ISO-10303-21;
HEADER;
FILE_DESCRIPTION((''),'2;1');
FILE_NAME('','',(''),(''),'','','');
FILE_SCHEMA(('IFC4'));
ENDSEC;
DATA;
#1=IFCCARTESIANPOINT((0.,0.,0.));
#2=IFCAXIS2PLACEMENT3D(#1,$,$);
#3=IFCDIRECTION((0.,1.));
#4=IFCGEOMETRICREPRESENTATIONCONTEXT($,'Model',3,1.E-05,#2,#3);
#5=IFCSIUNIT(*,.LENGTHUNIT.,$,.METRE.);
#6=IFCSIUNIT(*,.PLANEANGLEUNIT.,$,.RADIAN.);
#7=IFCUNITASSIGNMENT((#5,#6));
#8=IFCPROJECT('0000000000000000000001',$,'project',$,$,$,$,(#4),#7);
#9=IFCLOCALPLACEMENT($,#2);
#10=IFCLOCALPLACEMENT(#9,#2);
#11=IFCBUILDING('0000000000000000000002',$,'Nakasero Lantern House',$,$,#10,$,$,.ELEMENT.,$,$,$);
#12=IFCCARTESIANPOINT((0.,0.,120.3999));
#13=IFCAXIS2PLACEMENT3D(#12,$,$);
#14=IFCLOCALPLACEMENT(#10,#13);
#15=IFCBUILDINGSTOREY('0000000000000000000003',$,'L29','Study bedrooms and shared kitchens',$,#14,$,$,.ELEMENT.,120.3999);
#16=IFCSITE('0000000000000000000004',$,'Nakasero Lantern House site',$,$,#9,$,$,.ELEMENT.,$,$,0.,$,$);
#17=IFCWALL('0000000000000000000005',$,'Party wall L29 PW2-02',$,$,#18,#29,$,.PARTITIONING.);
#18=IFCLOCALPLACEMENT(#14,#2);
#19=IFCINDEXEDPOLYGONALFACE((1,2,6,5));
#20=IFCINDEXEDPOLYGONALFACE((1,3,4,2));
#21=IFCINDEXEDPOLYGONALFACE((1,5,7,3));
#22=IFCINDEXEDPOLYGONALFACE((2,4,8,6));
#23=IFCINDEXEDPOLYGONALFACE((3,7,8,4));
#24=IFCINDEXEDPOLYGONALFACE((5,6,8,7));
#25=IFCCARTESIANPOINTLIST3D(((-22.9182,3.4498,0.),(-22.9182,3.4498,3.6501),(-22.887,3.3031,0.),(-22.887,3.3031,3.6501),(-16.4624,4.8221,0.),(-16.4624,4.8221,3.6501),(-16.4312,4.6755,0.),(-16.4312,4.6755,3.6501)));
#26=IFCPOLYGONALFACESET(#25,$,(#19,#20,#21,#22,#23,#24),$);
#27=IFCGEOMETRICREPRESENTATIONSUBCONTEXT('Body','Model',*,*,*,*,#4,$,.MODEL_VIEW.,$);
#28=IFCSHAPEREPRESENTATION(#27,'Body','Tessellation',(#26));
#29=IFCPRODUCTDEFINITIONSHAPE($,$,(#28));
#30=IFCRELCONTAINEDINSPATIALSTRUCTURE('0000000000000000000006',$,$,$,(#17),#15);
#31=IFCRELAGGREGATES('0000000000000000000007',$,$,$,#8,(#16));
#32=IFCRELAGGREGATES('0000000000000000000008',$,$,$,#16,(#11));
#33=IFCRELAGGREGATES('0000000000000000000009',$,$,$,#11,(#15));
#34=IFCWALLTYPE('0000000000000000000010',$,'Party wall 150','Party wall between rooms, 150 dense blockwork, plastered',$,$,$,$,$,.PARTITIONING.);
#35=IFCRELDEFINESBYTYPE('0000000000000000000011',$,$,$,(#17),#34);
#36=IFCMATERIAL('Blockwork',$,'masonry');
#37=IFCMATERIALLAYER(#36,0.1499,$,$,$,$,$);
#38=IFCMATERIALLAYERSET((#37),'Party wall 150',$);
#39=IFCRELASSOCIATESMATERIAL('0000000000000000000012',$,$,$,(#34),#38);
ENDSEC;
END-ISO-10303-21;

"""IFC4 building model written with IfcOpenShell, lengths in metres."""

from ifc_helpers import new_model, si_unit, direction, frame, frame_2d, origin, place, context, subcontext, project, spatial, rectangle, extrude, material, layer, layer_set, type_object, element, save


model = new_model("IFC4")

# Units and contexts
model_context = context("Model", 3, precision=1e-05, world=origin(), true_north=direction((0.0, 1.0)))
body_context = subcontext(model_context, "Body", "Model", "MODEL_VIEW")
ifc_project = project(units=[si_unit("LENGTHUNIT", "METRE"), si_unit("PLANEANGLEUNIT", "RADIAN")], contexts=[model_context])

# Site, building, storey
site_placement = place(None, origin())
site = spatial("IfcSite", under=ifc_project, at=site_placement, Name="Nakasero Lantern House site", CompositionType="ELEMENT", RefElevation=0.0)
building_placement = place(site_placement, origin())
building = spatial("IfcBuilding", under=site, at=building_placement, Name="Nakasero Lantern House", CompositionType="ELEMENT")
storey_placement = place(building_placement, frame((0.0, 0.0, 120.3999)))
storey = spatial("IfcBuildingStorey", under=building, at=storey_placement, Name="L29", Description="Study bedrooms and shared kitchens", CompositionType="ELEMENT", Elevation=120.3999)

# Wall
ifc_material_1 = material(Name="Blockwork", Category="masonry")
ifc_layer_1 = layer(ifc_material_1, 0.1499)
ifc_layer_set_1 = layer_set([ifc_layer_1], Name="Party wall 150")
wall_type_1 = type_object("IfcWallType", Name="Party wall 150", Description="Party wall between rooms, 150 dense blockwork, plastered", PredefinedType="PARTITIONING", material=ifc_layer_set_1)
wall_1_placement = place(storey_placement, frame((-16.4468, 4.7488, 0.0), z_axis=(0.0, 0.0, 1.0), x_axis=(-0.978145, -0.207925, 0.0)))
element("IfcWall", 1, at=wall_1_placement, inside=storey, type_object=wall_type_1, Name="Party wall L29 PW2-02", PredefinedType="PARTITIONING", context=body_context, shape_type="SweptSolid", body=[
    extrude(rectangle(XDim=6.6001, YDim=0.1499, at=frame_2d((3.3, 0.0))), origin(), (0.0, 0.0, 1.0), 3.6501),
])

save(model, "model.ifc")
